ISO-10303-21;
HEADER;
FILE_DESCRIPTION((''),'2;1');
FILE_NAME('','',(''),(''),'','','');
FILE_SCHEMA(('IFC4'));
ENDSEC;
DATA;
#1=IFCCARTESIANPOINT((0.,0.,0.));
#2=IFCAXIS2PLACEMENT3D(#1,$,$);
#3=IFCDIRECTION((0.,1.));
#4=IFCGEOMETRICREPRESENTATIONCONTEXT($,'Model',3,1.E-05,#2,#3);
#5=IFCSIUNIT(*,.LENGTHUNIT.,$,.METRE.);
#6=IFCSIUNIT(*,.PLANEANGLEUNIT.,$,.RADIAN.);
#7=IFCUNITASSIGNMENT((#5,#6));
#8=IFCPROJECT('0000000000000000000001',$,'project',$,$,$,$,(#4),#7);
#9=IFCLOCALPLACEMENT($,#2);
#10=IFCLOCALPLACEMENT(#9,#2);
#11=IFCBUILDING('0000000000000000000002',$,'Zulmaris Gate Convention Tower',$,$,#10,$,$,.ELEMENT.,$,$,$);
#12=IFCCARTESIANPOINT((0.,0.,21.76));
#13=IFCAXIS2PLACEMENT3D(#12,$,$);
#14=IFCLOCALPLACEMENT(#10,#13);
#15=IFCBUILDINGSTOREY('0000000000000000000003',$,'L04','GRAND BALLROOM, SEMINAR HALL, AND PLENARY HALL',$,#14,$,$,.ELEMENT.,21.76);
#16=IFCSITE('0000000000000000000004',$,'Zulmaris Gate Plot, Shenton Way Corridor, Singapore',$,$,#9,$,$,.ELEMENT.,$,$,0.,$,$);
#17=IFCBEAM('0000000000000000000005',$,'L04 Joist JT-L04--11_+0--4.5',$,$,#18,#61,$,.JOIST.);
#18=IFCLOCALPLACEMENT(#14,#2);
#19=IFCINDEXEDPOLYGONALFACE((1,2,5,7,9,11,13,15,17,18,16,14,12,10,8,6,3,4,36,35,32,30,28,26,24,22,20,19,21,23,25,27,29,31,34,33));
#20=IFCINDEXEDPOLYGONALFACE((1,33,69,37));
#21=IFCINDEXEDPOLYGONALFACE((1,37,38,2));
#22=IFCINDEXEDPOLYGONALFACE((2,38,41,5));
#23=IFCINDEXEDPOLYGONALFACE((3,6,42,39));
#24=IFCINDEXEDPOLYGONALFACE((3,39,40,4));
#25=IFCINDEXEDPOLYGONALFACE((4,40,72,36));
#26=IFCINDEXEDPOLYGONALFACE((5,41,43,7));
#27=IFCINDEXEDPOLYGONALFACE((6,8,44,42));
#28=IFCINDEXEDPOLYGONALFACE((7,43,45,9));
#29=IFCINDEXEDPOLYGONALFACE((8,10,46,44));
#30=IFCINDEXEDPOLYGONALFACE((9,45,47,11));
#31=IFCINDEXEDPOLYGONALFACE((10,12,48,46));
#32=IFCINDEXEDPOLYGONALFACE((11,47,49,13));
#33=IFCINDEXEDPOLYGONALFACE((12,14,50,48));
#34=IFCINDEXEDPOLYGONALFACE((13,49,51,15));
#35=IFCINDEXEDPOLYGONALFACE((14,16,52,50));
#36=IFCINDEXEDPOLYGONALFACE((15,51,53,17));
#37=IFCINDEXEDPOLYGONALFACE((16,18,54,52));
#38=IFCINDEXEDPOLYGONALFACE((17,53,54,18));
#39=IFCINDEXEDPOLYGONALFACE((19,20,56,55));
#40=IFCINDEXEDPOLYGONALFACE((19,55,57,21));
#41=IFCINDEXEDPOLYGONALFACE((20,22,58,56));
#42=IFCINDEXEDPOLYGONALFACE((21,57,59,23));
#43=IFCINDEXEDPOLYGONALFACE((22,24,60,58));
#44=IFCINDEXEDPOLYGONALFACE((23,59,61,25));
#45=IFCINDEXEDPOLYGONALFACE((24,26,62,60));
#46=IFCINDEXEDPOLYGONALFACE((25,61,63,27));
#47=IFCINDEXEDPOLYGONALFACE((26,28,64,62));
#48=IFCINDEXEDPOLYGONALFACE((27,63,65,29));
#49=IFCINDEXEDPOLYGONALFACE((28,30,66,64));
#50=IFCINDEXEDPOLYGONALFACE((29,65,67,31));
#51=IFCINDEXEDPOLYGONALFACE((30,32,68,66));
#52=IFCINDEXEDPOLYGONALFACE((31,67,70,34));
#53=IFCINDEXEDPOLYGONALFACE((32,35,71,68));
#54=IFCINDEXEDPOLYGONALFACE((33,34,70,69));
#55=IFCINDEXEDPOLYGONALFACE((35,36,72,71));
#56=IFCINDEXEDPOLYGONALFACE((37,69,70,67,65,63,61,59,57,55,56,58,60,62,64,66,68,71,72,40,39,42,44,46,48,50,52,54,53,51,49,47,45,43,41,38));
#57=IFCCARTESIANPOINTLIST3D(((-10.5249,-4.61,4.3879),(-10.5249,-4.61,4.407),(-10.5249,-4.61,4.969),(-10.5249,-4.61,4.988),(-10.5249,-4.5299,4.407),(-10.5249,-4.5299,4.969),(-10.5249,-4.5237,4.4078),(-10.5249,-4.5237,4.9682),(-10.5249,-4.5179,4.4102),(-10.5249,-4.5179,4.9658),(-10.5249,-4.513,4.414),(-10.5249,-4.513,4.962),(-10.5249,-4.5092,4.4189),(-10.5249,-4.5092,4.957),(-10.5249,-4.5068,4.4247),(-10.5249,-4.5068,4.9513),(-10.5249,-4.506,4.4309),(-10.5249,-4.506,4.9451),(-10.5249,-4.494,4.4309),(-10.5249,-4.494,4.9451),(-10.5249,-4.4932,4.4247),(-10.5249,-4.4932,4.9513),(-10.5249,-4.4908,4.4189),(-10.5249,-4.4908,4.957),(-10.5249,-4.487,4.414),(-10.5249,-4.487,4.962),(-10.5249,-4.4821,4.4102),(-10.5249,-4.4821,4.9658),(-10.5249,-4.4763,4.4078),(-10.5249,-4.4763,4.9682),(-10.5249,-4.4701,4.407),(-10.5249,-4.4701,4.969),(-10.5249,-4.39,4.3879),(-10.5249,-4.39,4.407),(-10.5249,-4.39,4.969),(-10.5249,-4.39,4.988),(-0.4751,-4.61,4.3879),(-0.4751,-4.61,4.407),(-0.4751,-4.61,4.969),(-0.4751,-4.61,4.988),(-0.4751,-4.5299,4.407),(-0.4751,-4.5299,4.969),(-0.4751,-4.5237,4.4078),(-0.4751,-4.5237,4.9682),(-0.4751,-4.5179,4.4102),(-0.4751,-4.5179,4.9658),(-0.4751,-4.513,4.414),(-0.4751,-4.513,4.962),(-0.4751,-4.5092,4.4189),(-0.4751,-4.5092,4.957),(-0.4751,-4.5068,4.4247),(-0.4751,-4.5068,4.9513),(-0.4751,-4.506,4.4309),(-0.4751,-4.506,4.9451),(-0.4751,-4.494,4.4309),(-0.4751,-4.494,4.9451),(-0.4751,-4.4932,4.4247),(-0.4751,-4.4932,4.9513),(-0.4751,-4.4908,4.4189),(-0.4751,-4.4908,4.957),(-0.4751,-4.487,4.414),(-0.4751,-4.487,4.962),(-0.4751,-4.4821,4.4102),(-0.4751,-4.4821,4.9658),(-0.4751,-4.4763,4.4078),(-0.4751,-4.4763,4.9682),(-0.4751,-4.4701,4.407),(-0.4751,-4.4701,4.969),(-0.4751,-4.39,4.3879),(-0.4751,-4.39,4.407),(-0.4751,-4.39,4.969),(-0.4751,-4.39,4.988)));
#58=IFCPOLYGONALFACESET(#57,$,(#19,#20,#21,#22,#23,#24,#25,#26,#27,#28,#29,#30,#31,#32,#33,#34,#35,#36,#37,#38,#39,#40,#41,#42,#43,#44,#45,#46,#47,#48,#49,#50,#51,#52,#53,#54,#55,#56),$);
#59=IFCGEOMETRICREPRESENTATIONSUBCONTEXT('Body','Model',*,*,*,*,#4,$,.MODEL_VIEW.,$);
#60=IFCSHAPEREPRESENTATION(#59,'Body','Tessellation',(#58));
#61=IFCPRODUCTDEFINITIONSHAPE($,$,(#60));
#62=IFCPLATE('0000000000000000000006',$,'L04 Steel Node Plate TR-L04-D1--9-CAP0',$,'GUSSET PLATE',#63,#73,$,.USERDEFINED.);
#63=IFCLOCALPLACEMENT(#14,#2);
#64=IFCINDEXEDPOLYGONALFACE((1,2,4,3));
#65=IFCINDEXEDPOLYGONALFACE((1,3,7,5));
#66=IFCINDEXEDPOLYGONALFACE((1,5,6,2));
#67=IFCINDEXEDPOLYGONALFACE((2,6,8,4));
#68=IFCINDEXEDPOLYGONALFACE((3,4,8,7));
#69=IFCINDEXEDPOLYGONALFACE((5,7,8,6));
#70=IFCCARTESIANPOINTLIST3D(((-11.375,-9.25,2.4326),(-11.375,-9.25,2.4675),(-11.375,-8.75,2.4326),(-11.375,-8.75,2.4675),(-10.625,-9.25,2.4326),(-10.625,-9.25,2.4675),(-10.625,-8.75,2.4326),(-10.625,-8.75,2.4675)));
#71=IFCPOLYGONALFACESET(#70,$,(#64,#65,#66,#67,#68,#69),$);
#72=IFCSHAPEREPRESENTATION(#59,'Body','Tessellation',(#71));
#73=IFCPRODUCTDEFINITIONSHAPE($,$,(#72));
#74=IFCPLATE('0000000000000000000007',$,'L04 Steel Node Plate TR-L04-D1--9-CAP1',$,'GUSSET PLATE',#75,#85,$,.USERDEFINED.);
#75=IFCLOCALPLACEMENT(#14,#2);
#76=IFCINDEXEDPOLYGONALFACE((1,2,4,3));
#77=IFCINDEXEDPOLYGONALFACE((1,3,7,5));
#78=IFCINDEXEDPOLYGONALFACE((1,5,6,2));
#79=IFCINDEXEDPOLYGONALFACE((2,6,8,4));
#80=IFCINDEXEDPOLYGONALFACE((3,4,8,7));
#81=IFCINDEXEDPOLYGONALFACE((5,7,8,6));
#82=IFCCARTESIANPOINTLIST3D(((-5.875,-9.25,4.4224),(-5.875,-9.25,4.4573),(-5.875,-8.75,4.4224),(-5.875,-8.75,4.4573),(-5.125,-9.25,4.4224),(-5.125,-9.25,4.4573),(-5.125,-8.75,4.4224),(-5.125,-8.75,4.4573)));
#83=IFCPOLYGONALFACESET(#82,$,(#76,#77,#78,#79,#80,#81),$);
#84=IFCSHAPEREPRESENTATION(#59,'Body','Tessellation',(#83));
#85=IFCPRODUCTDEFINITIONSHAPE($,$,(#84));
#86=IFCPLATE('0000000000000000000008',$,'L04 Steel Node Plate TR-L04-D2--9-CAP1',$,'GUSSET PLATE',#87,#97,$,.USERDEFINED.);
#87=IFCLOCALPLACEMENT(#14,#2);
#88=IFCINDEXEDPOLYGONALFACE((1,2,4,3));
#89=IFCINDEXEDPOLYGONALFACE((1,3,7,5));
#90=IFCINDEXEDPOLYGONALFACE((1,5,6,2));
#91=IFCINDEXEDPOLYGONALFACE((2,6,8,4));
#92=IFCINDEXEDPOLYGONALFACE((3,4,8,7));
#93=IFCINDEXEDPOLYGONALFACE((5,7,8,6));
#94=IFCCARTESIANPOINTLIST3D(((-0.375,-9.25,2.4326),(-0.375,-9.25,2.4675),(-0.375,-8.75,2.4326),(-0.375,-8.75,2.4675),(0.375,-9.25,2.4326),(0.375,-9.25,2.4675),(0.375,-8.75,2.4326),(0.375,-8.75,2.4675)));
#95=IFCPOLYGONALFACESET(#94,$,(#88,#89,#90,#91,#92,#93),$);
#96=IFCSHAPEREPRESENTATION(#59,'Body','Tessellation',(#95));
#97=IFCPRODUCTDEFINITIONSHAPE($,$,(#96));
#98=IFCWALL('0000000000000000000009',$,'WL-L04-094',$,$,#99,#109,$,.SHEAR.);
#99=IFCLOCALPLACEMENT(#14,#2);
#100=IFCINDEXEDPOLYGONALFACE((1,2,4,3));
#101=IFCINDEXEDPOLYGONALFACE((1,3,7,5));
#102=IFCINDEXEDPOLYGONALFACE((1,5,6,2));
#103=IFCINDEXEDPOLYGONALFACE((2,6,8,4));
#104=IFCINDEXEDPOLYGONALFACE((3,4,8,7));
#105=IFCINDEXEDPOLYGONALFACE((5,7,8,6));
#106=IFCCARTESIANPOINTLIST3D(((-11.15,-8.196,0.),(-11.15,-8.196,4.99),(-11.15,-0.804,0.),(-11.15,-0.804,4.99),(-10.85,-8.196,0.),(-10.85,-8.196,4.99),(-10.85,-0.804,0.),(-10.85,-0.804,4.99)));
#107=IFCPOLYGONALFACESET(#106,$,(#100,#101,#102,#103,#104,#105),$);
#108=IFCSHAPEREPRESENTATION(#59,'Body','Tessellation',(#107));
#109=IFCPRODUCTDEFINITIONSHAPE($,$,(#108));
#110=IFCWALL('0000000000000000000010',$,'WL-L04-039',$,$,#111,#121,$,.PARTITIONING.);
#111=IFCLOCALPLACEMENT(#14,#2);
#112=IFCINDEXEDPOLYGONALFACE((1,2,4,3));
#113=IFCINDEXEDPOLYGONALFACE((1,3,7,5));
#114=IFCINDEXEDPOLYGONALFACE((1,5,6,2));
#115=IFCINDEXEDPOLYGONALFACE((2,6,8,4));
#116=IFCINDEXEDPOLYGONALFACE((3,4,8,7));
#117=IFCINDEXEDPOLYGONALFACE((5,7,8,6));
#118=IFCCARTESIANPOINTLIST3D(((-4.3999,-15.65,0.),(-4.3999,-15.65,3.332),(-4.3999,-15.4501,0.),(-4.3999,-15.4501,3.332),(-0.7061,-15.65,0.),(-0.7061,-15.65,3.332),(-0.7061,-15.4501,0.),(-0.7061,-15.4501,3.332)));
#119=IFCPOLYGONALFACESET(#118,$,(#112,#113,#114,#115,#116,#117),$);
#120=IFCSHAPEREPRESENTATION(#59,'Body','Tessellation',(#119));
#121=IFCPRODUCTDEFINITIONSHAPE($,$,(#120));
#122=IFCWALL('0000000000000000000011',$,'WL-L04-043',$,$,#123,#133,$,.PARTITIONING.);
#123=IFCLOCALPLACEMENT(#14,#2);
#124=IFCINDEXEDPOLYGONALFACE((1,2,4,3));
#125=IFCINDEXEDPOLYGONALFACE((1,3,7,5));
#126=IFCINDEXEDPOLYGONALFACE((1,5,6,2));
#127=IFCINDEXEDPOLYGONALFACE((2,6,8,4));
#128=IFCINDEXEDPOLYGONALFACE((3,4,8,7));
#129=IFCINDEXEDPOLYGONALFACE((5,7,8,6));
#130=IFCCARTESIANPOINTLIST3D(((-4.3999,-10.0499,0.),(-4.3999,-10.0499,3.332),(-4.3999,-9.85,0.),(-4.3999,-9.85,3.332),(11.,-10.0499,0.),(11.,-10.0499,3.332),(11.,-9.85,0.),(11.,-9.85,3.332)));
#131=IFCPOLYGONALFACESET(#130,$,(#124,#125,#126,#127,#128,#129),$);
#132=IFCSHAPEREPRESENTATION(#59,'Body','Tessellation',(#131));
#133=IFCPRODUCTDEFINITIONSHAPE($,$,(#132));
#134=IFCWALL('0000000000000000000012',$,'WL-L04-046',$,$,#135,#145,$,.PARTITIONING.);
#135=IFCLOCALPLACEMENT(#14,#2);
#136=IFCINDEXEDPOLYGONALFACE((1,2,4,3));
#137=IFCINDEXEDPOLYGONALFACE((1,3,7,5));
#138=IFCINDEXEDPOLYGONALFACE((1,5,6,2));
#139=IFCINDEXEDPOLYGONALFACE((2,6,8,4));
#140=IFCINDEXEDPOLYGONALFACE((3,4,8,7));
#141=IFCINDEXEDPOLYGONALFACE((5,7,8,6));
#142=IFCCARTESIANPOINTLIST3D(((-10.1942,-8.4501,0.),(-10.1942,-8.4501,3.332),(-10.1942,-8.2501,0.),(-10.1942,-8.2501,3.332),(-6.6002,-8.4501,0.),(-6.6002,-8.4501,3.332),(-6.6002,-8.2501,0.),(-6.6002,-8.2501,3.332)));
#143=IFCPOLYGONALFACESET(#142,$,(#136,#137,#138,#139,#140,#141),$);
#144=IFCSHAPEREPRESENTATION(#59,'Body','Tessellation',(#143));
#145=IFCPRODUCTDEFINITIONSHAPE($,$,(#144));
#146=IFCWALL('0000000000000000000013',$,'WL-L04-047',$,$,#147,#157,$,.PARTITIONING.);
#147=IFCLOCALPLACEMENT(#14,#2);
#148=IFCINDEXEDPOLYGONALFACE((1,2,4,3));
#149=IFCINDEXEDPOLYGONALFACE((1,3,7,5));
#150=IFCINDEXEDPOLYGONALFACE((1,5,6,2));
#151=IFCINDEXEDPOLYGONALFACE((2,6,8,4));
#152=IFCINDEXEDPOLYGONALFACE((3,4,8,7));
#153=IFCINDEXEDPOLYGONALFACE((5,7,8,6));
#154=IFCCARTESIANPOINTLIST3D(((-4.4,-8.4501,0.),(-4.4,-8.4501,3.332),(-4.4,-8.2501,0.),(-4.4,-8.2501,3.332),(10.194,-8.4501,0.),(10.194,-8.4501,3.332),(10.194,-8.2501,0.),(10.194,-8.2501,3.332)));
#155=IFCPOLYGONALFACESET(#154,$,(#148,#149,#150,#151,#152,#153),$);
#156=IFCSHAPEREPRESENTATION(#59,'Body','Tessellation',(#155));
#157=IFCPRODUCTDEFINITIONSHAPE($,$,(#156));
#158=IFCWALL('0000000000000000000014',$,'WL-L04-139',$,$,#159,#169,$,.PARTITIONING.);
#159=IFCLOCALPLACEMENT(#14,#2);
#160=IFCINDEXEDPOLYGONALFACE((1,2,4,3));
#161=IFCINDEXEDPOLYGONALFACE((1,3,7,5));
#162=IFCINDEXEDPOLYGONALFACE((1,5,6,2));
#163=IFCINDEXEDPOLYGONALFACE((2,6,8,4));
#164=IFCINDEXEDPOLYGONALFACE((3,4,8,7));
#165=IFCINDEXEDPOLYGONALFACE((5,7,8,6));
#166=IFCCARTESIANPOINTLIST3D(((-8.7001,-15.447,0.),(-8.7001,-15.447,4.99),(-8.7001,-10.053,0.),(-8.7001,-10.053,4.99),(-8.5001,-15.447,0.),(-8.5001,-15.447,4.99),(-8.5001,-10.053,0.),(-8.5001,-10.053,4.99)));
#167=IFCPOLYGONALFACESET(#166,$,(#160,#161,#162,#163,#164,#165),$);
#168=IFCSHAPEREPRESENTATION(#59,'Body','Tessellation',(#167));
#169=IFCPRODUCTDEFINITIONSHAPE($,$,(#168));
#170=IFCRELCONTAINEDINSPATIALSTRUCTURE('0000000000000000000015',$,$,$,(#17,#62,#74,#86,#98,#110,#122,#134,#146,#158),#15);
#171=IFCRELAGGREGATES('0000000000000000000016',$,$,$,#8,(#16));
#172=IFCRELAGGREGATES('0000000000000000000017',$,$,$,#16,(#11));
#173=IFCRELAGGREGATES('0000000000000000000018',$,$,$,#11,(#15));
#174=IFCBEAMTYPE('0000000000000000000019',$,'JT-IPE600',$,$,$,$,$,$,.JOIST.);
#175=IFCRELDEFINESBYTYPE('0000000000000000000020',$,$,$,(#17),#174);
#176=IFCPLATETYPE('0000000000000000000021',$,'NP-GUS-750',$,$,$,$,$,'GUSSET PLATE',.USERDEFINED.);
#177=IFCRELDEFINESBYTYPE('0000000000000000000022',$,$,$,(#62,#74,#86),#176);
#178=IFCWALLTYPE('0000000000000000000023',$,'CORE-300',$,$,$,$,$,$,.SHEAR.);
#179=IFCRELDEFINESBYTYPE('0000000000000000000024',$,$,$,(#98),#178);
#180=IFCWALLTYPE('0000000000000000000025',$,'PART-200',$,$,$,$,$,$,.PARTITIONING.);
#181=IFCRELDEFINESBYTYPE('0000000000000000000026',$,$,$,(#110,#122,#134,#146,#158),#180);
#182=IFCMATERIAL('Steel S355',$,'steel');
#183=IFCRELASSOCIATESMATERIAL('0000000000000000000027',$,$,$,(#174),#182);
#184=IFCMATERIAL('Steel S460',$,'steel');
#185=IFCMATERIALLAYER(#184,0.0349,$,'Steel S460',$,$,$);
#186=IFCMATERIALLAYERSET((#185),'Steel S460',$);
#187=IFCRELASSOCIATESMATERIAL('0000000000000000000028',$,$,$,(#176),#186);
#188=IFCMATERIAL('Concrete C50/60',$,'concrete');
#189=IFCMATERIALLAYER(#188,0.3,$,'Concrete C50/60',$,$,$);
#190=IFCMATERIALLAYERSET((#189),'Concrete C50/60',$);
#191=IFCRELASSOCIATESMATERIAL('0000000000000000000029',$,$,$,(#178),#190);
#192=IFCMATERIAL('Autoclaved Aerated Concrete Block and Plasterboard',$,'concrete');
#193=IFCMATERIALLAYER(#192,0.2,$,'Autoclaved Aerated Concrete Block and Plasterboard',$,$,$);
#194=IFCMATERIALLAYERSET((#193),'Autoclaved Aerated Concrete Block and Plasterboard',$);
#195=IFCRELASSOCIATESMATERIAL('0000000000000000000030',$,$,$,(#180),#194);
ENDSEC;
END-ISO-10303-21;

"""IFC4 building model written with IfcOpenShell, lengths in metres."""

from ifc_helpers import new_model, si_unit, direction, frame, frame_2d, origin, origin_2d, place, context, subcontext, project, spatial, rectangle, i_section, extrude, material, layer, layer_set, material_profile, profile_set, type_object, element, save


model = new_model("IFC4")

# Units and contexts
model_context = context("Model", 3, precision=1e-05, world=origin(), true_north=direction((0.0, 1.0)))
body_context = subcontext(model_context, "Body", "Model", "MODEL_VIEW")
ifc_project = project(units=[si_unit("LENGTHUNIT", "METRE"), si_unit("PLANEANGLEUNIT", "RADIAN")], contexts=[model_context])

# Site, building, storey
site_placement = place(None, origin())
site = spatial("IfcSite", under=ifc_project, at=site_placement, Name="Zulmaris Gate Plot, Shenton Way Corridor, Singapore", CompositionType="ELEMENT", RefElevation=0.0)
building_placement = place(site_placement, origin())
building = spatial("IfcBuilding", under=site, at=building_placement, Name="Zulmaris Gate Convention Tower", CompositionType="ELEMENT")
storey_placement = place(building_placement, frame((0.0, 0.0, 21.76)))
storey = spatial("IfcBuildingStorey", under=building, at=storey_placement, Name="L04", Description="GRAND BALLROOM, SEMINAR HALL, AND PLENARY HALL", CompositionType="ELEMENT", Elevation=21.76)

# Shared definitions
ifc_material_1 = material(Name="Steel S460", Category="steel")

# Beam
ifc_material_2 = material(Name="Steel S355", Category="steel")
ifc_material_profile_1 = material_profile(ifc_material_2, i_section(OverallWidth=0.22, OverallDepth=0.6001, WebThickness=0.012, FlangeThickness=0.019, FilletRadius=0.0239, at=origin_2d()), Name="IPE 600")
ifc_profile_set_1 = profile_set([ifc_material_profile_1], Name="Steel S355")
beam_type_1 = type_object("IfcBeamType", Name="JT-IPE600", PredefinedType="JOIST", material=ifc_profile_set_1)
for number, where, z_axis, x_axis, name in (
    (1, (-10.5249, -4.5, 4.688), (1.0, 0.0, 0.0), (0.0, 1.0, 0.0), "L04 Joist JT-L04--11_+0--4.5"),
):
    element("IfcBeam", number, at=place(storey_placement, frame(where, z_axis=z_axis, x_axis=x_axis)), inside=storey, type_object=beam_type_1, Name=name, PredefinedType="JOIST", context=body_context, shape_type="SweptSolid", body=[
        extrude(i_section(OverallWidth=0.22, OverallDepth=0.6001, WebThickness=0.012, FlangeThickness=0.019, FilletRadius=0.0239, at=origin_2d()), origin(), (0.0, 0.0, 1.0), 10.0498),
    ])

# Plates
ifc_layer_1 = layer(ifc_material_1, 0.0349, Name="Steel S460")
ifc_layer_set_1 = layer_set([ifc_layer_1], Name="Steel S460")
plate_type = type_object("IfcPlateType", Name="NP-GUS-750", ElementType="GUSSET PLATE", PredefinedType="USERDEFINED", material=ifc_layer_set_1)
for number, where, z_axis, x_axis, name in (
    (2, (-11.0, -9.0, 2.4326), (0.0, 0.0, 1.0), (1.0, 0.0, 0.0), "L04 Steel Node Plate TR-L04-D1--9-CAP0"),
    (3, (-5.5, -9.0, 4.4224), (0.0, 0.0, 1.0), (1.0, 0.0, 0.0), "L04 Steel Node Plate TR-L04-D1--9-CAP1"),
    (4, (0.0, -9.0, 2.4326), (0.0, 0.0, 1.0), (1.0, 0.0, 0.0), "L04 Steel Node Plate TR-L04-D2--9-CAP1"),
):
    element("IfcPlate", number, at=place(storey_placement, frame(where, z_axis=z_axis, x_axis=x_axis)), inside=storey, type_object=plate_type, Name=name, ObjectType="GUSSET PLATE", PredefinedType="USERDEFINED", context=body_context, shape_type="SweptSolid", body=[
        extrude(rectangle(XDim=0.75, YDim=0.5, at=origin_2d()), origin(), (0.0, 0.0, 1.0), 0.0349),
    ])

# Wall
ifc_material_3 = material(Name="Concrete C50/60", Category="concrete")
ifc_layer_2 = layer(ifc_material_3, 0.3, Name="Concrete C50/60")
ifc_layer_set_2 = layer_set([ifc_layer_2], Name="Concrete C50/60")
wall_type_1 = type_object("IfcWallType", Name="CORE-300", PredefinedType="SHEAR", material=ifc_layer_set_2)
wall_1_placement = place(storey_placement, frame((-11.0, -8.196, 0.0), z_axis=(0.0, 0.0, 1.0), x_axis=(0.0, 1.0, 0.0)))
element("IfcWall", 5, at=wall_1_placement, inside=storey, type_object=wall_type_1, Name="WL-L04-094", PredefinedType="SHEAR", context=body_context, shape_type="SweptSolid", body=[
    extrude(rectangle(XDim=7.3921, YDim=0.3, at=frame_2d((3.696, 0.0))), origin(), (0.0, 0.0, 1.0), 4.99),
])

# Shared definitions
ifc_material_4 = material(Name="Autoclaved Aerated Concrete Block and Plasterboard", Category="concrete")
ifc_layer_3 = layer(ifc_material_4, 0.2, Name="Autoclaved Aerated Concrete Block and Plasterboard")
ifc_layer_set_3 = layer_set([ifc_layer_3], Name="Autoclaved Aerated Concrete Block and Plasterboard")
wall_type_2 = type_object("IfcWallType", Name="PART-200", PredefinedType="PARTITIONING", material=ifc_layer_set_3)

# Walls
wall_2_placement = place(storey_placement, frame((-4.3999, -15.55, 0.0), z_axis=(0.0, 0.0, 1.0), x_axis=(1.0, 0.0, 0.0)))
element("IfcWall", 6, at=wall_2_placement, inside=storey, type_object=wall_type_2, Name="WL-L04-039", PredefinedType="PARTITIONING", context=body_context, shape_type="SweptSolid", body=[
    extrude(rectangle(XDim=3.6938, YDim=0.2, at=frame_2d((1.8469, 0.0))), origin(), (0.0, 0.0, 1.0), 3.332),
])
wall_3_placement = place(storey_placement, frame((-4.3999, -9.95, 0.0), z_axis=(0.0, 0.0, 1.0), x_axis=(1.0, 0.0, 0.0)))
element("IfcWall", 7, at=wall_3_placement, inside=storey, type_object=wall_type_2, Name="WL-L04-043", PredefinedType="PARTITIONING", context=body_context, shape_type="SweptSolid", body=[
    extrude(rectangle(XDim=15.3999, YDim=0.2, at=frame_2d((7.7, 0.0))), origin(), (0.0, 0.0, 1.0), 3.332),
])
wall_4_placement = place(storey_placement, frame((-10.1941, -8.3501, 0.0), z_axis=(0.0, 0.0, 1.0), x_axis=(1.0, 0.0, 0.0)))
element("IfcWall", 8, at=wall_4_placement, inside=storey, type_object=wall_type_2, Name="WL-L04-046", PredefinedType="PARTITIONING", context=body_context, shape_type="SweptSolid", body=[
    extrude(rectangle(XDim=3.594, YDim=0.2, at=frame_2d((1.7969, 0.0))), origin(), (0.0, 0.0, 1.0), 3.332),
])
wall_5_placement = place(storey_placement, frame((-4.3999, -8.3501, 0.0), z_axis=(0.0, 0.0, 1.0), x_axis=(1.0, 0.0, 0.0)))
element("IfcWall", 9, at=wall_5_placement, inside=storey, type_object=wall_type_2, Name="WL-L04-047", PredefinedType="PARTITIONING", context=body_context, shape_type="SweptSolid", body=[
    extrude(rectangle(XDim=14.594, YDim=0.2, at=frame_2d((7.2969, 0.0))), origin(), (0.0, 0.0, 1.0), 3.332),
])
wall_6_placement = place(storey_placement, frame((-8.6001, -15.447, 0.0), z_axis=(0.0, 0.0, 1.0), x_axis=(0.0, 1.0, 0.0)))
element("IfcWall", 10, at=wall_6_placement, inside=storey, type_object=wall_type_2, Name="WL-L04-139", PredefinedType="PARTITIONING", context=body_context, shape_type="SweptSolid", body=[
    extrude(rectangle(XDim=5.394, YDim=0.2, at=frame_2d((2.697, 0.0))), origin(), (0.0, 0.0, 1.0), 4.99),
])

save(model, "model.ifc")
